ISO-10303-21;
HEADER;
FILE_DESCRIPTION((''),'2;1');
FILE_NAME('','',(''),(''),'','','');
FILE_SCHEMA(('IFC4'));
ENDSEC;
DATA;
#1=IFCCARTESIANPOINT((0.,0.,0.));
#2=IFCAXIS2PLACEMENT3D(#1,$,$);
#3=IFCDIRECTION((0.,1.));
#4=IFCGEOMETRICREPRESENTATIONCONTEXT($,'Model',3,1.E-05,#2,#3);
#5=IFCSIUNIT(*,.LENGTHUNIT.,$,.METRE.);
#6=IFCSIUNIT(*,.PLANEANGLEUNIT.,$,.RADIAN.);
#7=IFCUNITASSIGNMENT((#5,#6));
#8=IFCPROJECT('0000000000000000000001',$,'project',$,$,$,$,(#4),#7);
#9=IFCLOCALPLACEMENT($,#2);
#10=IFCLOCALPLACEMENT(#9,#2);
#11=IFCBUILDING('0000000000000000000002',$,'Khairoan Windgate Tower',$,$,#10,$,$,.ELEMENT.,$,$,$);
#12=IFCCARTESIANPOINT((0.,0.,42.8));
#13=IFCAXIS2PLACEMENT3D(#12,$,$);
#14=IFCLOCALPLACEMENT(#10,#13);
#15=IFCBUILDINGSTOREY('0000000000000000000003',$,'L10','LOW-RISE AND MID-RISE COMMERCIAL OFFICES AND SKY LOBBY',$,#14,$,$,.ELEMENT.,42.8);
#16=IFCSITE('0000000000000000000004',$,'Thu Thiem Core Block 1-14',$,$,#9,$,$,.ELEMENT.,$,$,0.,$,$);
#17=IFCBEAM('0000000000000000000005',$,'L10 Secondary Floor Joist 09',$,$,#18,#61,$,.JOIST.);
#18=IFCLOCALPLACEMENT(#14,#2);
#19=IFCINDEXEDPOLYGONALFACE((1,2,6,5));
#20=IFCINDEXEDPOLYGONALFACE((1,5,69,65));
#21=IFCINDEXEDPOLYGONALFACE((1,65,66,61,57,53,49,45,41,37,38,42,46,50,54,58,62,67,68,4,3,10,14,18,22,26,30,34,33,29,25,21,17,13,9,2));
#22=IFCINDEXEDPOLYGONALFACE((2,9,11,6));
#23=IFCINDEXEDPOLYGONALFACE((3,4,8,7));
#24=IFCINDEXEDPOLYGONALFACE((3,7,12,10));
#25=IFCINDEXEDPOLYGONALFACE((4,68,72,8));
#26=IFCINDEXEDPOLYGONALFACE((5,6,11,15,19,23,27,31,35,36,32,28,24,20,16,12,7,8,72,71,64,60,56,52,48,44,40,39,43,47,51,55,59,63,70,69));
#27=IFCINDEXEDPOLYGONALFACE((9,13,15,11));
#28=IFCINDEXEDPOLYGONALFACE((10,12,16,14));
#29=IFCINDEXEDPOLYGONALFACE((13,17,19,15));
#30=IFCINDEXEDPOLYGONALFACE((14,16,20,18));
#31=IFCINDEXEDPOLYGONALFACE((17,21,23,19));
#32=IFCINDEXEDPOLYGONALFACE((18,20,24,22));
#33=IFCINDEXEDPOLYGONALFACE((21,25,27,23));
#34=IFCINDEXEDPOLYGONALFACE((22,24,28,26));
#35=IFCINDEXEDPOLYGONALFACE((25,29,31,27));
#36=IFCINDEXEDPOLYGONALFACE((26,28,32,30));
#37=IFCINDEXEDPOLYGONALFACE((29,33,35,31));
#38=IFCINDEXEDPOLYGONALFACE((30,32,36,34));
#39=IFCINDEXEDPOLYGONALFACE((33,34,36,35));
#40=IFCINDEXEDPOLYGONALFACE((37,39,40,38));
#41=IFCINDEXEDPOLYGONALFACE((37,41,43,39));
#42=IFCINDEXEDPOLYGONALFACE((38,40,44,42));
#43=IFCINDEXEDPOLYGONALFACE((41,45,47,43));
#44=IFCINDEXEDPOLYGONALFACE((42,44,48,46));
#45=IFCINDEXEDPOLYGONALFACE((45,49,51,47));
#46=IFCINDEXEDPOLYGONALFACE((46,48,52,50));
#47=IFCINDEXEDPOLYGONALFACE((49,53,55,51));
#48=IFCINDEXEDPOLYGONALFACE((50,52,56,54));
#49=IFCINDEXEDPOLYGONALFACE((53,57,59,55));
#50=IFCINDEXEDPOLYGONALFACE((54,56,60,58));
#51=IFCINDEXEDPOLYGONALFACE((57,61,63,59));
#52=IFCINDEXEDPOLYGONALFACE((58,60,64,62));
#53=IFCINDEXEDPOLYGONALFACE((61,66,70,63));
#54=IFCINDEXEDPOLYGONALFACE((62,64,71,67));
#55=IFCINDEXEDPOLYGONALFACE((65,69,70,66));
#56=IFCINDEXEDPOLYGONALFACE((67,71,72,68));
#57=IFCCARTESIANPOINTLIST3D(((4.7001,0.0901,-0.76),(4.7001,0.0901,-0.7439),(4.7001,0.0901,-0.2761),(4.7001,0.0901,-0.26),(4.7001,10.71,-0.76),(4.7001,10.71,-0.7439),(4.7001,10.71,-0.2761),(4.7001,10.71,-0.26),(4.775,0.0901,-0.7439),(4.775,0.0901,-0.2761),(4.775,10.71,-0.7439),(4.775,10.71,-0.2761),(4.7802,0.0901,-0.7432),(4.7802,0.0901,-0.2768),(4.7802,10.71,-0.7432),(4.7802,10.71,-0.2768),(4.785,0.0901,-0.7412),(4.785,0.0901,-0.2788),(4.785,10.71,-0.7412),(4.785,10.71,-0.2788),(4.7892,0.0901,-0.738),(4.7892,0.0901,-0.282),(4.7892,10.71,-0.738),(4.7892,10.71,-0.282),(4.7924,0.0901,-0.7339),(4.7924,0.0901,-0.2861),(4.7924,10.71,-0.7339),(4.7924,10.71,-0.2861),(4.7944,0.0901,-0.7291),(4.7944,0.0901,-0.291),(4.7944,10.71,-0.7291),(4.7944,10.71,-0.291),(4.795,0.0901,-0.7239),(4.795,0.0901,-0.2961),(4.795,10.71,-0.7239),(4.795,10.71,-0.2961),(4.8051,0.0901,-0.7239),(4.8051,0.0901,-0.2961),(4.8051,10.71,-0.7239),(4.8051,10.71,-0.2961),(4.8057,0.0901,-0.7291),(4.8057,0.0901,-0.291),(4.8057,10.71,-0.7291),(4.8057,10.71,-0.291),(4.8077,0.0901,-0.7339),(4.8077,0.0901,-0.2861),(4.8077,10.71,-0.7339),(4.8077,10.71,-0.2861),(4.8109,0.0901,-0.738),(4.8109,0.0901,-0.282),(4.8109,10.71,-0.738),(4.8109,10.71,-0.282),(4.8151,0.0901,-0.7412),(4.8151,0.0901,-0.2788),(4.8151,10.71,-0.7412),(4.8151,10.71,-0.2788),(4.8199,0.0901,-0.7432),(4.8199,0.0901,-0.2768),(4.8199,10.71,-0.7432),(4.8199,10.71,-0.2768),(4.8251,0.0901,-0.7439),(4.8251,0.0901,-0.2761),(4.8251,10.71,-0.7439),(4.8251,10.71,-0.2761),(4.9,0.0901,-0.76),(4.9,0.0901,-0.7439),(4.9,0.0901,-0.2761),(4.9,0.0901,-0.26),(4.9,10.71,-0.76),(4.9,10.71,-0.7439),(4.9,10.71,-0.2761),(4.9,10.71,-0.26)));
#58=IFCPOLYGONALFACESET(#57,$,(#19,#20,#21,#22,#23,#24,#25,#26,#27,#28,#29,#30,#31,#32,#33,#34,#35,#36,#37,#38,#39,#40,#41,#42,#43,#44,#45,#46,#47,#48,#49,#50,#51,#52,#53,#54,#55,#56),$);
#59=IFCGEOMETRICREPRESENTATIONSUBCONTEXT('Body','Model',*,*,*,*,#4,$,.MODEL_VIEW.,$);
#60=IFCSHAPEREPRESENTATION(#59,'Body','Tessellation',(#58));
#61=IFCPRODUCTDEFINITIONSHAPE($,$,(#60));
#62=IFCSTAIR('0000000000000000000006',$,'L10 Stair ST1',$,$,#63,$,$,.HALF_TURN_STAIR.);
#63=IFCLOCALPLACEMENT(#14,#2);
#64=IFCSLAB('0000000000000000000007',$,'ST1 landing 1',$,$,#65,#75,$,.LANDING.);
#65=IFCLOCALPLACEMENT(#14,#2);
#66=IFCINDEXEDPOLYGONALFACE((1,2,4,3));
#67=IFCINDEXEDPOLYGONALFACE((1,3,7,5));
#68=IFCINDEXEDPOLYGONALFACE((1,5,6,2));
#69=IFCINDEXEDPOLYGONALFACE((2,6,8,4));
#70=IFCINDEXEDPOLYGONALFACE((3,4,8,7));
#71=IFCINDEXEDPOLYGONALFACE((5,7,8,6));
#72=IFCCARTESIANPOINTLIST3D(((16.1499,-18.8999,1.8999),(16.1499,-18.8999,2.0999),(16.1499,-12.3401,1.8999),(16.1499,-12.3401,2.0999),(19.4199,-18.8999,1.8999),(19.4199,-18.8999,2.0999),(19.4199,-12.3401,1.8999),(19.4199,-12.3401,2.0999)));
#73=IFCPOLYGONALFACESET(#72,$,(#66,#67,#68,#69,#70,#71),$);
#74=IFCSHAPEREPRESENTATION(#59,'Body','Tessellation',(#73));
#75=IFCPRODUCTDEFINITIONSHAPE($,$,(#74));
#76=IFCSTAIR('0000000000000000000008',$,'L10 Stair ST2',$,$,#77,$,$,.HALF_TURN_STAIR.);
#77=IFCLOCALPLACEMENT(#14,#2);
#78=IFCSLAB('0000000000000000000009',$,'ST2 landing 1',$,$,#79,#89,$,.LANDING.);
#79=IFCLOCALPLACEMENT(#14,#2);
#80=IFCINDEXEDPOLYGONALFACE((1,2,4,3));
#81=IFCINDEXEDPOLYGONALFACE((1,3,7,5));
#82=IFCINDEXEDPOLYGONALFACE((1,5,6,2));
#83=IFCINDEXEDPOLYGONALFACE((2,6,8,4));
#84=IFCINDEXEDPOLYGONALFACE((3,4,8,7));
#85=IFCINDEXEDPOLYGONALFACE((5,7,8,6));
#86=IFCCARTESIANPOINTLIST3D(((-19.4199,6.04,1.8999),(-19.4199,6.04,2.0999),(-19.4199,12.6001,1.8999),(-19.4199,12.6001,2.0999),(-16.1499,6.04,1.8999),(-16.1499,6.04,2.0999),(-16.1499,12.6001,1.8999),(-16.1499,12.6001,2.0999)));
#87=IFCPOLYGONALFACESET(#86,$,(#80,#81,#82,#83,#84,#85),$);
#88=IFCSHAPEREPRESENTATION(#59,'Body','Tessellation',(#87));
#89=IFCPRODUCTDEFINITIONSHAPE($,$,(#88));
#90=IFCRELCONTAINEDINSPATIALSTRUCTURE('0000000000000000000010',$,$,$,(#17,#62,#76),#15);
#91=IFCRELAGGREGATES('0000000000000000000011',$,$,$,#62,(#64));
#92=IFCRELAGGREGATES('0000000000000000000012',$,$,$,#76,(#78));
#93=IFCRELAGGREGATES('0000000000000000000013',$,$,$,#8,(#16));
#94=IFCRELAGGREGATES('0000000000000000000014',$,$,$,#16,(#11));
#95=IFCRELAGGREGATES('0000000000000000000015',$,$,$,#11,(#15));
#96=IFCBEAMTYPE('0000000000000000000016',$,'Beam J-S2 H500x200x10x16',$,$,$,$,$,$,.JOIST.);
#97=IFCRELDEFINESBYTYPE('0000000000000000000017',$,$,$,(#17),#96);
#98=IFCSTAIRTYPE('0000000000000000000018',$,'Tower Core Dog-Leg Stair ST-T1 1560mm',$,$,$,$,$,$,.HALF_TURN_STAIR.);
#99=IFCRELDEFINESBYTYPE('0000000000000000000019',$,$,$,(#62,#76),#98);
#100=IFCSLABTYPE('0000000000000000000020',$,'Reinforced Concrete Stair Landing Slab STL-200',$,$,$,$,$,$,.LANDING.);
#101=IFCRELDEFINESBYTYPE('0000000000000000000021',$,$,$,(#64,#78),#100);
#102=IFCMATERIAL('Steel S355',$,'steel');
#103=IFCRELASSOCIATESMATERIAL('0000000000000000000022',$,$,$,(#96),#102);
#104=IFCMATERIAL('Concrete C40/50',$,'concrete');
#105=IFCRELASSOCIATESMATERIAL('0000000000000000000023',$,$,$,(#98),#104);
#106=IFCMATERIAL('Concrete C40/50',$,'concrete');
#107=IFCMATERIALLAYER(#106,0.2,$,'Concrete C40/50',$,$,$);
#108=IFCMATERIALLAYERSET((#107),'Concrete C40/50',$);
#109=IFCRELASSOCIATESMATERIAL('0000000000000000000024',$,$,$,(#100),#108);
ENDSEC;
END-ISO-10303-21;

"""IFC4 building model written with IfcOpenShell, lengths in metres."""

from ifc_helpers import new_model, si_unit, direction, frame, origin, origin_2d, place, context, subcontext, project, spatial, polyline, i_section, outline, extrude, material, layer, layer_set, material_profile, profile_set, type_object, element, aggregate, save


model = new_model("IFC4")

# Units and contexts
model_context = context("Model", 3, precision=1e-05, world=origin(), true_north=direction((0.0, 1.0)))
body_context = subcontext(model_context, "Body", "Model", "MODEL_VIEW")
ifc_project = project(units=[si_unit("LENGTHUNIT", "METRE"), si_unit("PLANEANGLEUNIT", "RADIAN")], contexts=[model_context])

# Site, building, storey
site_placement = place(None, origin())
site = spatial("IfcSite", under=ifc_project, at=site_placement, Name="Thu Thiem Core Block 1-14", CompositionType="ELEMENT", RefElevation=0.0)
building_placement = place(site_placement, origin())
building = spatial("IfcBuilding", under=site, at=building_placement, Name="Khairoan Windgate Tower", CompositionType="ELEMENT")
storey_placement = place(building_placement, frame((0.0, 0.0, 42.8)))
storey = spatial("IfcBuildingStorey", under=building, at=storey_placement, Name="L10", Description="LOW-RISE AND MID-RISE COMMERCIAL OFFICES AND SKY LOBBY", CompositionType="ELEMENT", Elevation=42.8)

# Beam
ifc_material_1 = material(Name="Steel S355", Category="steel")
ifc_material_profile_1 = material_profile(ifc_material_1, i_section(OverallWidth=0.2, OverallDepth=0.5, WebThickness=0.01, FlangeThickness=0.0161, FilletRadius=0.02, at=origin_2d()))
ifc_profile_set_1 = profile_set([ifc_material_profile_1], Name="Steel S355")
beam_type_1 = type_object("IfcBeamType", Name="Beam J-S2 H500x200x10x16", PredefinedType="JOIST", material=ifc_profile_set_1)
for number, where, z_axis, x_axis, name in (
    (1, (4.8, 0.0901, -0.51), (0.0, 1.0, 0.0), (-1.0, 0.0, 0.0), "L10 Secondary Floor Joist 09"),
):
    element("IfcBeam", number, at=place(storey_placement, frame(where, z_axis=z_axis, x_axis=x_axis)), inside=storey, type_object=beam_type_1, Name=name, PredefinedType="JOIST", context=body_context, shape_type="SweptSolid", body=[
        extrude(i_section(OverallWidth=0.2, OverallDepth=0.5, WebThickness=0.01, FlangeThickness=0.0161, FilletRadius=0.02, at=origin_2d()), origin(), (0.0, 0.0, 1.0), 10.6199),
    ])

# Stairs, slabs
ifc_material_2 = material(Name="Concrete C40/50", Category="concrete")
stair_type = type_object("IfcStairType", Name="Tower Core Dog-Leg Stair ST-T1 1560mm", PredefinedType="HALF_TURN_STAIR", material=ifc_material_2)
stair_1_placement = place(storey_placement, origin())
stair_1 = element("IfcStair", 2, at=stair_1_placement, inside=storey, type_object=stair_type, Name="L10 Stair ST1", PredefinedType="HALF_TURN_STAIR")
ifc_material_3 = material(Name="Concrete C40/50", Category="concrete")
ifc_layer_1 = layer(ifc_material_3, 0.2, Name="Concrete C40/50")
ifc_layer_set_1 = layer_set([ifc_layer_1], Name="Concrete C40/50")
slab_type_1 = type_object("IfcSlabType", Name="Reinforced Concrete Stair Landing Slab STL-200", PredefinedType="LANDING", material=ifc_layer_set_1)
slab_1_placement = place(storey_placement, frame((0.0, 0.0, 1.8999)))
slab_1 = element("IfcSlab", 3, at=slab_1_placement, type_object=slab_type_1, Name="ST1 landing 1", PredefinedType="LANDING", context=body_context, shape_type="SweptSolid", body=[
    extrude(outline(polyline([(16.1499, -12.3401), (16.1499, -18.8999), (19.4199, -18.8999), (19.4199, -12.3401), (16.1499, -12.3401)])), origin(), (0.0, 0.0, 1.0), 0.2),
])
aggregate(stair_1, [slab_1])
stair_2_placement = place(storey_placement, origin())
stair_2 = element("IfcStair", 4, at=stair_2_placement, inside=storey, type_object=stair_type, Name="L10 Stair ST2", PredefinedType="HALF_TURN_STAIR")
slab_2_placement = place(storey_placement, frame((0.0, 0.0, 1.8999)))
slab_2 = element("IfcSlab", 5, at=slab_2_placement, type_object=slab_type_1, Name="ST2 landing 1", PredefinedType="LANDING", context=body_context, shape_type="SweptSolid", body=[
    extrude(outline(polyline([(-16.1499, 6.04), (-16.1499, 12.6001), (-19.4199, 12.6001), (-19.4199, 6.04), (-16.1499, 6.04)])), origin(), (0.0, 0.0, 1.0), 0.2),
])
aggregate(stair_2, [slab_2])

save(model, "model.ifc")
